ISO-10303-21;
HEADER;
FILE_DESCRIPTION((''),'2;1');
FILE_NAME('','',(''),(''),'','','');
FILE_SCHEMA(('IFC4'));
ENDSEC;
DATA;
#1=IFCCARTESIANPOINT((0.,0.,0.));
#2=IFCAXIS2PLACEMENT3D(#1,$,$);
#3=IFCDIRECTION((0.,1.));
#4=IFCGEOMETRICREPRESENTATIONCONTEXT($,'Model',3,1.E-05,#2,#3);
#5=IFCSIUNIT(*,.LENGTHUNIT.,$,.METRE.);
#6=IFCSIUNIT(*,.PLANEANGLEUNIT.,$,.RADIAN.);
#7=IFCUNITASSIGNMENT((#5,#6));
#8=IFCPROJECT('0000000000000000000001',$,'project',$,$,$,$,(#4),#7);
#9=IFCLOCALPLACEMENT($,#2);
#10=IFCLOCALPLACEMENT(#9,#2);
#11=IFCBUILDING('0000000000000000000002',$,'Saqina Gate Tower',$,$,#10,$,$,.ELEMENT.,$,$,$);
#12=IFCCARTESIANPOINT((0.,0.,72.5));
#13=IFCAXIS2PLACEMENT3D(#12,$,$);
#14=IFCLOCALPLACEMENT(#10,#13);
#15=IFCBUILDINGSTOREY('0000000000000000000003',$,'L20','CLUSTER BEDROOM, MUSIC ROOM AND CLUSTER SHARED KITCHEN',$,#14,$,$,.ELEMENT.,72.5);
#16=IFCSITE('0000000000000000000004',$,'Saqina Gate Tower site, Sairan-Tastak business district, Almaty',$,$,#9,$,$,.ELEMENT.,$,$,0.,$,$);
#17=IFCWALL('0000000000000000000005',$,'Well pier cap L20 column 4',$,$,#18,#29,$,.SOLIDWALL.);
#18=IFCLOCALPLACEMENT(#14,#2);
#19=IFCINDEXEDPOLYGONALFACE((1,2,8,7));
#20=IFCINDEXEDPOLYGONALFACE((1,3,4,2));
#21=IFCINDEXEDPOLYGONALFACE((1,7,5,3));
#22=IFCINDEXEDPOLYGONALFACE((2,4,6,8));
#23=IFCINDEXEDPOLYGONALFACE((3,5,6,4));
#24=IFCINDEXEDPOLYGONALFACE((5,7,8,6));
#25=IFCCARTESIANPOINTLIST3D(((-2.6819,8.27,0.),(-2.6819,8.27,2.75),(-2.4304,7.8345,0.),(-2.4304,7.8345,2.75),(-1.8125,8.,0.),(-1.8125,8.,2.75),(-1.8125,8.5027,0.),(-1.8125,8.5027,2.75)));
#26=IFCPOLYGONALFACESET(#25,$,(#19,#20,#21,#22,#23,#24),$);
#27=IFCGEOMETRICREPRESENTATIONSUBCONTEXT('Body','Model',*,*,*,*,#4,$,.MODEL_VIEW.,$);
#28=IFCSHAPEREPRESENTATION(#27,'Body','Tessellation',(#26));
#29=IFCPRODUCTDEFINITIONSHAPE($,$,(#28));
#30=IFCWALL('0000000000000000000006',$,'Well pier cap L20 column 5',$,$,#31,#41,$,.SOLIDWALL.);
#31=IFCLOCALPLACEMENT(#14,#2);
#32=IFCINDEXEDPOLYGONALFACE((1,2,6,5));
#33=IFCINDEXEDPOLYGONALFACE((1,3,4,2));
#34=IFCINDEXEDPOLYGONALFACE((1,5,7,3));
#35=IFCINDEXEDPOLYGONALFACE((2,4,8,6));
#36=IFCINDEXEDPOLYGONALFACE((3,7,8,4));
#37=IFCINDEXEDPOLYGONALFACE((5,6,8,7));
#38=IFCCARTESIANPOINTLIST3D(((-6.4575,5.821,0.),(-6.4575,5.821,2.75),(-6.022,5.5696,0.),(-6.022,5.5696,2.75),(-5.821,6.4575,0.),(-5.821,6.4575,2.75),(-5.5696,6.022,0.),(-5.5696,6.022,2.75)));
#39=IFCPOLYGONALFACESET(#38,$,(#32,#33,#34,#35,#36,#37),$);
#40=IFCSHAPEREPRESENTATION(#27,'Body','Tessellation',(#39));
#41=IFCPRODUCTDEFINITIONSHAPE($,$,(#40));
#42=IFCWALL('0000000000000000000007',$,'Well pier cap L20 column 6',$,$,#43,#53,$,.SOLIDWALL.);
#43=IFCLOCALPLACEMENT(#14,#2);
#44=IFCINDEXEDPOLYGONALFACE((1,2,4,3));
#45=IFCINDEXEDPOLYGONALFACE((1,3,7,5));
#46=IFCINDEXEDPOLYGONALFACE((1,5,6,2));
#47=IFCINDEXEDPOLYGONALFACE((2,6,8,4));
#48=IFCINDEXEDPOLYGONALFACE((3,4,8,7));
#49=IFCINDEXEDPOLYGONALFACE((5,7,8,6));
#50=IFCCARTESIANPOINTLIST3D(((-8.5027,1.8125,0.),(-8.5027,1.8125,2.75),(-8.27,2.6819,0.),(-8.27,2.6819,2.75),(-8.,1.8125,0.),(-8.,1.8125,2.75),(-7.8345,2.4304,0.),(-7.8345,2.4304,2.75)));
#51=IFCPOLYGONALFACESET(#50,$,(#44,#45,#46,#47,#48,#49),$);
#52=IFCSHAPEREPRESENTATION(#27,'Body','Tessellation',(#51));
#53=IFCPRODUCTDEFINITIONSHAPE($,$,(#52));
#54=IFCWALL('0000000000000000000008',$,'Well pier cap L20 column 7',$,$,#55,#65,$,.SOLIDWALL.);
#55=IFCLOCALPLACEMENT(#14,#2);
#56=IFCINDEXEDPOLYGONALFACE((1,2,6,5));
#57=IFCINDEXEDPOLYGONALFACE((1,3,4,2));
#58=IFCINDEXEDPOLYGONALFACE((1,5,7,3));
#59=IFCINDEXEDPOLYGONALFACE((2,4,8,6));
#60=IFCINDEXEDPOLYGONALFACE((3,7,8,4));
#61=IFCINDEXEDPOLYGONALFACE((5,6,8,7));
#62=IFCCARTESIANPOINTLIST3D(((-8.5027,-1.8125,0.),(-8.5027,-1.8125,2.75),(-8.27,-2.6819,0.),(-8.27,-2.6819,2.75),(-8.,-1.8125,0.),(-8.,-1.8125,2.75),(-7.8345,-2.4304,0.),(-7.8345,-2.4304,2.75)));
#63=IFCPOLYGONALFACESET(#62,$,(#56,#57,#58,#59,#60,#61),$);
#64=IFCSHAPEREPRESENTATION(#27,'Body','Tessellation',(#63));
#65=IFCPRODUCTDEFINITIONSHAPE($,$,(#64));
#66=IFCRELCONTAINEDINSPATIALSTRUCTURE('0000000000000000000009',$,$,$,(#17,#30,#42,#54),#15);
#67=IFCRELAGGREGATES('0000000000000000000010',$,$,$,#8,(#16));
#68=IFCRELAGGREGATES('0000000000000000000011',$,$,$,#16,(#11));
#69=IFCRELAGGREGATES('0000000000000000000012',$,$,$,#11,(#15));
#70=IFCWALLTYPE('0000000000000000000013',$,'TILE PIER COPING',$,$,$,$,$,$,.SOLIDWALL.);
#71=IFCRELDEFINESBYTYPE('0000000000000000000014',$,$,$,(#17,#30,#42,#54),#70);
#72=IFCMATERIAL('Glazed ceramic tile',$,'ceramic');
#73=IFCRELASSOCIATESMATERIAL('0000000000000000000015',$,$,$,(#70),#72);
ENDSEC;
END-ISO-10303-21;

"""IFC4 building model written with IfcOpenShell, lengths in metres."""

from ifc_helpers import new_model, si_unit, direction, frame, origin, place, context, subcontext, project, spatial, polyline, outline, extrude, material, type_object, element, save


model = new_model("IFC4")

# Units and contexts
model_context = context("Model", 3, precision=1e-05, world=origin(), true_north=direction((0.0, 1.0)))
body_context = subcontext(model_context, "Body", "Model", "MODEL_VIEW")
ifc_project = project(units=[si_unit("LENGTHUNIT", "METRE"), si_unit("PLANEANGLEUNIT", "RADIAN")], contexts=[model_context])

# Site, building, storey
site_placement = place(None, origin())
site = spatial("IfcSite", under=ifc_project, at=site_placement, Name="Saqina Gate Tower site, Sairan-Tastak business district, Almaty", CompositionType="ELEMENT", RefElevation=0.0)
building_placement = place(site_placement, origin())
building = spatial("IfcBuilding", under=site, at=building_placement, Name="Saqina Gate Tower", CompositionType="ELEMENT")
storey_placement = place(building_placement, frame((0.0, 0.0, 72.5)))
storey = spatial("IfcBuildingStorey", under=building, at=storey_placement, Name="L20", Description="CLUSTER BEDROOM, MUSIC ROOM AND CLUSTER SHARED KITCHEN", CompositionType="ELEMENT", Elevation=72.5)

# Walls
ifc_material_1 = material(Name="Glazed ceramic tile", Category="ceramic")
wall_type_1 = type_object("IfcWallType", Name="TILE PIER COPING", PredefinedType="SOLIDWALL", material=ifc_material_1)
wall_1_placement = place(storey_placement, origin())
element("IfcWall", 1, at=wall_1_placement, inside=storey, type_object=wall_type_1, Name="Well pier cap L20 column 4", PredefinedType="SOLIDWALL", context=body_context, shape_type="SweptSolid", body=[
    extrude(outline(polyline([(-2.6819, 8.27), (-2.4304, 7.8345), (-1.8125, 8.0), (-1.8125, 8.5027), (-2.6819, 8.27)])), origin(), (0.0, 0.0, 1.0), 2.75),
])
wall_2_placement = place(storey_placement, origin())
element("IfcWall", 2, at=wall_2_placement, inside=storey, type_object=wall_type_1, Name="Well pier cap L20 column 5", PredefinedType="SOLIDWALL", context=body_context, shape_type="SweptSolid", body=[
    extrude(outline(polyline([(-6.4575, 5.821), (-6.022, 5.5696), (-5.5696, 6.022), (-5.821, 6.4575), (-6.4575, 5.821)])), origin(), (0.0, 0.0, 1.0), 2.75),
])
wall_3_placement = place(storey_placement, origin())
element("IfcWall", 3, at=wall_3_placement, inside=storey, type_object=wall_type_1, Name="Well pier cap L20 column 6", PredefinedType="SOLIDWALL", context=body_context, shape_type="SweptSolid", body=[
    extrude(outline(polyline([(-8.5027, 1.8125), (-8.0, 1.8125), (-7.8345, 2.4304), (-8.27, 2.6819), (-8.5027, 1.8125)])), origin(), (0.0, 0.0, 1.0), 2.75),
])
wall_4_placement = place(storey_placement, origin())
element("IfcWall", 4, at=wall_4_placement, inside=storey, type_object=wall_type_1, Name="Well pier cap L20 column 7", PredefinedType="SOLIDWALL", context=body_context, shape_type="SweptSolid", body=[
    extrude(outline(polyline([(-8.27, -2.6819), (-7.8345, -2.4304), (-8.0, -1.8125), (-8.5027, -1.8125), (-8.27, -2.6819)])), origin(), (0.0, 0.0, 1.0), 2.75),
])

save(model, "model.ifc")
